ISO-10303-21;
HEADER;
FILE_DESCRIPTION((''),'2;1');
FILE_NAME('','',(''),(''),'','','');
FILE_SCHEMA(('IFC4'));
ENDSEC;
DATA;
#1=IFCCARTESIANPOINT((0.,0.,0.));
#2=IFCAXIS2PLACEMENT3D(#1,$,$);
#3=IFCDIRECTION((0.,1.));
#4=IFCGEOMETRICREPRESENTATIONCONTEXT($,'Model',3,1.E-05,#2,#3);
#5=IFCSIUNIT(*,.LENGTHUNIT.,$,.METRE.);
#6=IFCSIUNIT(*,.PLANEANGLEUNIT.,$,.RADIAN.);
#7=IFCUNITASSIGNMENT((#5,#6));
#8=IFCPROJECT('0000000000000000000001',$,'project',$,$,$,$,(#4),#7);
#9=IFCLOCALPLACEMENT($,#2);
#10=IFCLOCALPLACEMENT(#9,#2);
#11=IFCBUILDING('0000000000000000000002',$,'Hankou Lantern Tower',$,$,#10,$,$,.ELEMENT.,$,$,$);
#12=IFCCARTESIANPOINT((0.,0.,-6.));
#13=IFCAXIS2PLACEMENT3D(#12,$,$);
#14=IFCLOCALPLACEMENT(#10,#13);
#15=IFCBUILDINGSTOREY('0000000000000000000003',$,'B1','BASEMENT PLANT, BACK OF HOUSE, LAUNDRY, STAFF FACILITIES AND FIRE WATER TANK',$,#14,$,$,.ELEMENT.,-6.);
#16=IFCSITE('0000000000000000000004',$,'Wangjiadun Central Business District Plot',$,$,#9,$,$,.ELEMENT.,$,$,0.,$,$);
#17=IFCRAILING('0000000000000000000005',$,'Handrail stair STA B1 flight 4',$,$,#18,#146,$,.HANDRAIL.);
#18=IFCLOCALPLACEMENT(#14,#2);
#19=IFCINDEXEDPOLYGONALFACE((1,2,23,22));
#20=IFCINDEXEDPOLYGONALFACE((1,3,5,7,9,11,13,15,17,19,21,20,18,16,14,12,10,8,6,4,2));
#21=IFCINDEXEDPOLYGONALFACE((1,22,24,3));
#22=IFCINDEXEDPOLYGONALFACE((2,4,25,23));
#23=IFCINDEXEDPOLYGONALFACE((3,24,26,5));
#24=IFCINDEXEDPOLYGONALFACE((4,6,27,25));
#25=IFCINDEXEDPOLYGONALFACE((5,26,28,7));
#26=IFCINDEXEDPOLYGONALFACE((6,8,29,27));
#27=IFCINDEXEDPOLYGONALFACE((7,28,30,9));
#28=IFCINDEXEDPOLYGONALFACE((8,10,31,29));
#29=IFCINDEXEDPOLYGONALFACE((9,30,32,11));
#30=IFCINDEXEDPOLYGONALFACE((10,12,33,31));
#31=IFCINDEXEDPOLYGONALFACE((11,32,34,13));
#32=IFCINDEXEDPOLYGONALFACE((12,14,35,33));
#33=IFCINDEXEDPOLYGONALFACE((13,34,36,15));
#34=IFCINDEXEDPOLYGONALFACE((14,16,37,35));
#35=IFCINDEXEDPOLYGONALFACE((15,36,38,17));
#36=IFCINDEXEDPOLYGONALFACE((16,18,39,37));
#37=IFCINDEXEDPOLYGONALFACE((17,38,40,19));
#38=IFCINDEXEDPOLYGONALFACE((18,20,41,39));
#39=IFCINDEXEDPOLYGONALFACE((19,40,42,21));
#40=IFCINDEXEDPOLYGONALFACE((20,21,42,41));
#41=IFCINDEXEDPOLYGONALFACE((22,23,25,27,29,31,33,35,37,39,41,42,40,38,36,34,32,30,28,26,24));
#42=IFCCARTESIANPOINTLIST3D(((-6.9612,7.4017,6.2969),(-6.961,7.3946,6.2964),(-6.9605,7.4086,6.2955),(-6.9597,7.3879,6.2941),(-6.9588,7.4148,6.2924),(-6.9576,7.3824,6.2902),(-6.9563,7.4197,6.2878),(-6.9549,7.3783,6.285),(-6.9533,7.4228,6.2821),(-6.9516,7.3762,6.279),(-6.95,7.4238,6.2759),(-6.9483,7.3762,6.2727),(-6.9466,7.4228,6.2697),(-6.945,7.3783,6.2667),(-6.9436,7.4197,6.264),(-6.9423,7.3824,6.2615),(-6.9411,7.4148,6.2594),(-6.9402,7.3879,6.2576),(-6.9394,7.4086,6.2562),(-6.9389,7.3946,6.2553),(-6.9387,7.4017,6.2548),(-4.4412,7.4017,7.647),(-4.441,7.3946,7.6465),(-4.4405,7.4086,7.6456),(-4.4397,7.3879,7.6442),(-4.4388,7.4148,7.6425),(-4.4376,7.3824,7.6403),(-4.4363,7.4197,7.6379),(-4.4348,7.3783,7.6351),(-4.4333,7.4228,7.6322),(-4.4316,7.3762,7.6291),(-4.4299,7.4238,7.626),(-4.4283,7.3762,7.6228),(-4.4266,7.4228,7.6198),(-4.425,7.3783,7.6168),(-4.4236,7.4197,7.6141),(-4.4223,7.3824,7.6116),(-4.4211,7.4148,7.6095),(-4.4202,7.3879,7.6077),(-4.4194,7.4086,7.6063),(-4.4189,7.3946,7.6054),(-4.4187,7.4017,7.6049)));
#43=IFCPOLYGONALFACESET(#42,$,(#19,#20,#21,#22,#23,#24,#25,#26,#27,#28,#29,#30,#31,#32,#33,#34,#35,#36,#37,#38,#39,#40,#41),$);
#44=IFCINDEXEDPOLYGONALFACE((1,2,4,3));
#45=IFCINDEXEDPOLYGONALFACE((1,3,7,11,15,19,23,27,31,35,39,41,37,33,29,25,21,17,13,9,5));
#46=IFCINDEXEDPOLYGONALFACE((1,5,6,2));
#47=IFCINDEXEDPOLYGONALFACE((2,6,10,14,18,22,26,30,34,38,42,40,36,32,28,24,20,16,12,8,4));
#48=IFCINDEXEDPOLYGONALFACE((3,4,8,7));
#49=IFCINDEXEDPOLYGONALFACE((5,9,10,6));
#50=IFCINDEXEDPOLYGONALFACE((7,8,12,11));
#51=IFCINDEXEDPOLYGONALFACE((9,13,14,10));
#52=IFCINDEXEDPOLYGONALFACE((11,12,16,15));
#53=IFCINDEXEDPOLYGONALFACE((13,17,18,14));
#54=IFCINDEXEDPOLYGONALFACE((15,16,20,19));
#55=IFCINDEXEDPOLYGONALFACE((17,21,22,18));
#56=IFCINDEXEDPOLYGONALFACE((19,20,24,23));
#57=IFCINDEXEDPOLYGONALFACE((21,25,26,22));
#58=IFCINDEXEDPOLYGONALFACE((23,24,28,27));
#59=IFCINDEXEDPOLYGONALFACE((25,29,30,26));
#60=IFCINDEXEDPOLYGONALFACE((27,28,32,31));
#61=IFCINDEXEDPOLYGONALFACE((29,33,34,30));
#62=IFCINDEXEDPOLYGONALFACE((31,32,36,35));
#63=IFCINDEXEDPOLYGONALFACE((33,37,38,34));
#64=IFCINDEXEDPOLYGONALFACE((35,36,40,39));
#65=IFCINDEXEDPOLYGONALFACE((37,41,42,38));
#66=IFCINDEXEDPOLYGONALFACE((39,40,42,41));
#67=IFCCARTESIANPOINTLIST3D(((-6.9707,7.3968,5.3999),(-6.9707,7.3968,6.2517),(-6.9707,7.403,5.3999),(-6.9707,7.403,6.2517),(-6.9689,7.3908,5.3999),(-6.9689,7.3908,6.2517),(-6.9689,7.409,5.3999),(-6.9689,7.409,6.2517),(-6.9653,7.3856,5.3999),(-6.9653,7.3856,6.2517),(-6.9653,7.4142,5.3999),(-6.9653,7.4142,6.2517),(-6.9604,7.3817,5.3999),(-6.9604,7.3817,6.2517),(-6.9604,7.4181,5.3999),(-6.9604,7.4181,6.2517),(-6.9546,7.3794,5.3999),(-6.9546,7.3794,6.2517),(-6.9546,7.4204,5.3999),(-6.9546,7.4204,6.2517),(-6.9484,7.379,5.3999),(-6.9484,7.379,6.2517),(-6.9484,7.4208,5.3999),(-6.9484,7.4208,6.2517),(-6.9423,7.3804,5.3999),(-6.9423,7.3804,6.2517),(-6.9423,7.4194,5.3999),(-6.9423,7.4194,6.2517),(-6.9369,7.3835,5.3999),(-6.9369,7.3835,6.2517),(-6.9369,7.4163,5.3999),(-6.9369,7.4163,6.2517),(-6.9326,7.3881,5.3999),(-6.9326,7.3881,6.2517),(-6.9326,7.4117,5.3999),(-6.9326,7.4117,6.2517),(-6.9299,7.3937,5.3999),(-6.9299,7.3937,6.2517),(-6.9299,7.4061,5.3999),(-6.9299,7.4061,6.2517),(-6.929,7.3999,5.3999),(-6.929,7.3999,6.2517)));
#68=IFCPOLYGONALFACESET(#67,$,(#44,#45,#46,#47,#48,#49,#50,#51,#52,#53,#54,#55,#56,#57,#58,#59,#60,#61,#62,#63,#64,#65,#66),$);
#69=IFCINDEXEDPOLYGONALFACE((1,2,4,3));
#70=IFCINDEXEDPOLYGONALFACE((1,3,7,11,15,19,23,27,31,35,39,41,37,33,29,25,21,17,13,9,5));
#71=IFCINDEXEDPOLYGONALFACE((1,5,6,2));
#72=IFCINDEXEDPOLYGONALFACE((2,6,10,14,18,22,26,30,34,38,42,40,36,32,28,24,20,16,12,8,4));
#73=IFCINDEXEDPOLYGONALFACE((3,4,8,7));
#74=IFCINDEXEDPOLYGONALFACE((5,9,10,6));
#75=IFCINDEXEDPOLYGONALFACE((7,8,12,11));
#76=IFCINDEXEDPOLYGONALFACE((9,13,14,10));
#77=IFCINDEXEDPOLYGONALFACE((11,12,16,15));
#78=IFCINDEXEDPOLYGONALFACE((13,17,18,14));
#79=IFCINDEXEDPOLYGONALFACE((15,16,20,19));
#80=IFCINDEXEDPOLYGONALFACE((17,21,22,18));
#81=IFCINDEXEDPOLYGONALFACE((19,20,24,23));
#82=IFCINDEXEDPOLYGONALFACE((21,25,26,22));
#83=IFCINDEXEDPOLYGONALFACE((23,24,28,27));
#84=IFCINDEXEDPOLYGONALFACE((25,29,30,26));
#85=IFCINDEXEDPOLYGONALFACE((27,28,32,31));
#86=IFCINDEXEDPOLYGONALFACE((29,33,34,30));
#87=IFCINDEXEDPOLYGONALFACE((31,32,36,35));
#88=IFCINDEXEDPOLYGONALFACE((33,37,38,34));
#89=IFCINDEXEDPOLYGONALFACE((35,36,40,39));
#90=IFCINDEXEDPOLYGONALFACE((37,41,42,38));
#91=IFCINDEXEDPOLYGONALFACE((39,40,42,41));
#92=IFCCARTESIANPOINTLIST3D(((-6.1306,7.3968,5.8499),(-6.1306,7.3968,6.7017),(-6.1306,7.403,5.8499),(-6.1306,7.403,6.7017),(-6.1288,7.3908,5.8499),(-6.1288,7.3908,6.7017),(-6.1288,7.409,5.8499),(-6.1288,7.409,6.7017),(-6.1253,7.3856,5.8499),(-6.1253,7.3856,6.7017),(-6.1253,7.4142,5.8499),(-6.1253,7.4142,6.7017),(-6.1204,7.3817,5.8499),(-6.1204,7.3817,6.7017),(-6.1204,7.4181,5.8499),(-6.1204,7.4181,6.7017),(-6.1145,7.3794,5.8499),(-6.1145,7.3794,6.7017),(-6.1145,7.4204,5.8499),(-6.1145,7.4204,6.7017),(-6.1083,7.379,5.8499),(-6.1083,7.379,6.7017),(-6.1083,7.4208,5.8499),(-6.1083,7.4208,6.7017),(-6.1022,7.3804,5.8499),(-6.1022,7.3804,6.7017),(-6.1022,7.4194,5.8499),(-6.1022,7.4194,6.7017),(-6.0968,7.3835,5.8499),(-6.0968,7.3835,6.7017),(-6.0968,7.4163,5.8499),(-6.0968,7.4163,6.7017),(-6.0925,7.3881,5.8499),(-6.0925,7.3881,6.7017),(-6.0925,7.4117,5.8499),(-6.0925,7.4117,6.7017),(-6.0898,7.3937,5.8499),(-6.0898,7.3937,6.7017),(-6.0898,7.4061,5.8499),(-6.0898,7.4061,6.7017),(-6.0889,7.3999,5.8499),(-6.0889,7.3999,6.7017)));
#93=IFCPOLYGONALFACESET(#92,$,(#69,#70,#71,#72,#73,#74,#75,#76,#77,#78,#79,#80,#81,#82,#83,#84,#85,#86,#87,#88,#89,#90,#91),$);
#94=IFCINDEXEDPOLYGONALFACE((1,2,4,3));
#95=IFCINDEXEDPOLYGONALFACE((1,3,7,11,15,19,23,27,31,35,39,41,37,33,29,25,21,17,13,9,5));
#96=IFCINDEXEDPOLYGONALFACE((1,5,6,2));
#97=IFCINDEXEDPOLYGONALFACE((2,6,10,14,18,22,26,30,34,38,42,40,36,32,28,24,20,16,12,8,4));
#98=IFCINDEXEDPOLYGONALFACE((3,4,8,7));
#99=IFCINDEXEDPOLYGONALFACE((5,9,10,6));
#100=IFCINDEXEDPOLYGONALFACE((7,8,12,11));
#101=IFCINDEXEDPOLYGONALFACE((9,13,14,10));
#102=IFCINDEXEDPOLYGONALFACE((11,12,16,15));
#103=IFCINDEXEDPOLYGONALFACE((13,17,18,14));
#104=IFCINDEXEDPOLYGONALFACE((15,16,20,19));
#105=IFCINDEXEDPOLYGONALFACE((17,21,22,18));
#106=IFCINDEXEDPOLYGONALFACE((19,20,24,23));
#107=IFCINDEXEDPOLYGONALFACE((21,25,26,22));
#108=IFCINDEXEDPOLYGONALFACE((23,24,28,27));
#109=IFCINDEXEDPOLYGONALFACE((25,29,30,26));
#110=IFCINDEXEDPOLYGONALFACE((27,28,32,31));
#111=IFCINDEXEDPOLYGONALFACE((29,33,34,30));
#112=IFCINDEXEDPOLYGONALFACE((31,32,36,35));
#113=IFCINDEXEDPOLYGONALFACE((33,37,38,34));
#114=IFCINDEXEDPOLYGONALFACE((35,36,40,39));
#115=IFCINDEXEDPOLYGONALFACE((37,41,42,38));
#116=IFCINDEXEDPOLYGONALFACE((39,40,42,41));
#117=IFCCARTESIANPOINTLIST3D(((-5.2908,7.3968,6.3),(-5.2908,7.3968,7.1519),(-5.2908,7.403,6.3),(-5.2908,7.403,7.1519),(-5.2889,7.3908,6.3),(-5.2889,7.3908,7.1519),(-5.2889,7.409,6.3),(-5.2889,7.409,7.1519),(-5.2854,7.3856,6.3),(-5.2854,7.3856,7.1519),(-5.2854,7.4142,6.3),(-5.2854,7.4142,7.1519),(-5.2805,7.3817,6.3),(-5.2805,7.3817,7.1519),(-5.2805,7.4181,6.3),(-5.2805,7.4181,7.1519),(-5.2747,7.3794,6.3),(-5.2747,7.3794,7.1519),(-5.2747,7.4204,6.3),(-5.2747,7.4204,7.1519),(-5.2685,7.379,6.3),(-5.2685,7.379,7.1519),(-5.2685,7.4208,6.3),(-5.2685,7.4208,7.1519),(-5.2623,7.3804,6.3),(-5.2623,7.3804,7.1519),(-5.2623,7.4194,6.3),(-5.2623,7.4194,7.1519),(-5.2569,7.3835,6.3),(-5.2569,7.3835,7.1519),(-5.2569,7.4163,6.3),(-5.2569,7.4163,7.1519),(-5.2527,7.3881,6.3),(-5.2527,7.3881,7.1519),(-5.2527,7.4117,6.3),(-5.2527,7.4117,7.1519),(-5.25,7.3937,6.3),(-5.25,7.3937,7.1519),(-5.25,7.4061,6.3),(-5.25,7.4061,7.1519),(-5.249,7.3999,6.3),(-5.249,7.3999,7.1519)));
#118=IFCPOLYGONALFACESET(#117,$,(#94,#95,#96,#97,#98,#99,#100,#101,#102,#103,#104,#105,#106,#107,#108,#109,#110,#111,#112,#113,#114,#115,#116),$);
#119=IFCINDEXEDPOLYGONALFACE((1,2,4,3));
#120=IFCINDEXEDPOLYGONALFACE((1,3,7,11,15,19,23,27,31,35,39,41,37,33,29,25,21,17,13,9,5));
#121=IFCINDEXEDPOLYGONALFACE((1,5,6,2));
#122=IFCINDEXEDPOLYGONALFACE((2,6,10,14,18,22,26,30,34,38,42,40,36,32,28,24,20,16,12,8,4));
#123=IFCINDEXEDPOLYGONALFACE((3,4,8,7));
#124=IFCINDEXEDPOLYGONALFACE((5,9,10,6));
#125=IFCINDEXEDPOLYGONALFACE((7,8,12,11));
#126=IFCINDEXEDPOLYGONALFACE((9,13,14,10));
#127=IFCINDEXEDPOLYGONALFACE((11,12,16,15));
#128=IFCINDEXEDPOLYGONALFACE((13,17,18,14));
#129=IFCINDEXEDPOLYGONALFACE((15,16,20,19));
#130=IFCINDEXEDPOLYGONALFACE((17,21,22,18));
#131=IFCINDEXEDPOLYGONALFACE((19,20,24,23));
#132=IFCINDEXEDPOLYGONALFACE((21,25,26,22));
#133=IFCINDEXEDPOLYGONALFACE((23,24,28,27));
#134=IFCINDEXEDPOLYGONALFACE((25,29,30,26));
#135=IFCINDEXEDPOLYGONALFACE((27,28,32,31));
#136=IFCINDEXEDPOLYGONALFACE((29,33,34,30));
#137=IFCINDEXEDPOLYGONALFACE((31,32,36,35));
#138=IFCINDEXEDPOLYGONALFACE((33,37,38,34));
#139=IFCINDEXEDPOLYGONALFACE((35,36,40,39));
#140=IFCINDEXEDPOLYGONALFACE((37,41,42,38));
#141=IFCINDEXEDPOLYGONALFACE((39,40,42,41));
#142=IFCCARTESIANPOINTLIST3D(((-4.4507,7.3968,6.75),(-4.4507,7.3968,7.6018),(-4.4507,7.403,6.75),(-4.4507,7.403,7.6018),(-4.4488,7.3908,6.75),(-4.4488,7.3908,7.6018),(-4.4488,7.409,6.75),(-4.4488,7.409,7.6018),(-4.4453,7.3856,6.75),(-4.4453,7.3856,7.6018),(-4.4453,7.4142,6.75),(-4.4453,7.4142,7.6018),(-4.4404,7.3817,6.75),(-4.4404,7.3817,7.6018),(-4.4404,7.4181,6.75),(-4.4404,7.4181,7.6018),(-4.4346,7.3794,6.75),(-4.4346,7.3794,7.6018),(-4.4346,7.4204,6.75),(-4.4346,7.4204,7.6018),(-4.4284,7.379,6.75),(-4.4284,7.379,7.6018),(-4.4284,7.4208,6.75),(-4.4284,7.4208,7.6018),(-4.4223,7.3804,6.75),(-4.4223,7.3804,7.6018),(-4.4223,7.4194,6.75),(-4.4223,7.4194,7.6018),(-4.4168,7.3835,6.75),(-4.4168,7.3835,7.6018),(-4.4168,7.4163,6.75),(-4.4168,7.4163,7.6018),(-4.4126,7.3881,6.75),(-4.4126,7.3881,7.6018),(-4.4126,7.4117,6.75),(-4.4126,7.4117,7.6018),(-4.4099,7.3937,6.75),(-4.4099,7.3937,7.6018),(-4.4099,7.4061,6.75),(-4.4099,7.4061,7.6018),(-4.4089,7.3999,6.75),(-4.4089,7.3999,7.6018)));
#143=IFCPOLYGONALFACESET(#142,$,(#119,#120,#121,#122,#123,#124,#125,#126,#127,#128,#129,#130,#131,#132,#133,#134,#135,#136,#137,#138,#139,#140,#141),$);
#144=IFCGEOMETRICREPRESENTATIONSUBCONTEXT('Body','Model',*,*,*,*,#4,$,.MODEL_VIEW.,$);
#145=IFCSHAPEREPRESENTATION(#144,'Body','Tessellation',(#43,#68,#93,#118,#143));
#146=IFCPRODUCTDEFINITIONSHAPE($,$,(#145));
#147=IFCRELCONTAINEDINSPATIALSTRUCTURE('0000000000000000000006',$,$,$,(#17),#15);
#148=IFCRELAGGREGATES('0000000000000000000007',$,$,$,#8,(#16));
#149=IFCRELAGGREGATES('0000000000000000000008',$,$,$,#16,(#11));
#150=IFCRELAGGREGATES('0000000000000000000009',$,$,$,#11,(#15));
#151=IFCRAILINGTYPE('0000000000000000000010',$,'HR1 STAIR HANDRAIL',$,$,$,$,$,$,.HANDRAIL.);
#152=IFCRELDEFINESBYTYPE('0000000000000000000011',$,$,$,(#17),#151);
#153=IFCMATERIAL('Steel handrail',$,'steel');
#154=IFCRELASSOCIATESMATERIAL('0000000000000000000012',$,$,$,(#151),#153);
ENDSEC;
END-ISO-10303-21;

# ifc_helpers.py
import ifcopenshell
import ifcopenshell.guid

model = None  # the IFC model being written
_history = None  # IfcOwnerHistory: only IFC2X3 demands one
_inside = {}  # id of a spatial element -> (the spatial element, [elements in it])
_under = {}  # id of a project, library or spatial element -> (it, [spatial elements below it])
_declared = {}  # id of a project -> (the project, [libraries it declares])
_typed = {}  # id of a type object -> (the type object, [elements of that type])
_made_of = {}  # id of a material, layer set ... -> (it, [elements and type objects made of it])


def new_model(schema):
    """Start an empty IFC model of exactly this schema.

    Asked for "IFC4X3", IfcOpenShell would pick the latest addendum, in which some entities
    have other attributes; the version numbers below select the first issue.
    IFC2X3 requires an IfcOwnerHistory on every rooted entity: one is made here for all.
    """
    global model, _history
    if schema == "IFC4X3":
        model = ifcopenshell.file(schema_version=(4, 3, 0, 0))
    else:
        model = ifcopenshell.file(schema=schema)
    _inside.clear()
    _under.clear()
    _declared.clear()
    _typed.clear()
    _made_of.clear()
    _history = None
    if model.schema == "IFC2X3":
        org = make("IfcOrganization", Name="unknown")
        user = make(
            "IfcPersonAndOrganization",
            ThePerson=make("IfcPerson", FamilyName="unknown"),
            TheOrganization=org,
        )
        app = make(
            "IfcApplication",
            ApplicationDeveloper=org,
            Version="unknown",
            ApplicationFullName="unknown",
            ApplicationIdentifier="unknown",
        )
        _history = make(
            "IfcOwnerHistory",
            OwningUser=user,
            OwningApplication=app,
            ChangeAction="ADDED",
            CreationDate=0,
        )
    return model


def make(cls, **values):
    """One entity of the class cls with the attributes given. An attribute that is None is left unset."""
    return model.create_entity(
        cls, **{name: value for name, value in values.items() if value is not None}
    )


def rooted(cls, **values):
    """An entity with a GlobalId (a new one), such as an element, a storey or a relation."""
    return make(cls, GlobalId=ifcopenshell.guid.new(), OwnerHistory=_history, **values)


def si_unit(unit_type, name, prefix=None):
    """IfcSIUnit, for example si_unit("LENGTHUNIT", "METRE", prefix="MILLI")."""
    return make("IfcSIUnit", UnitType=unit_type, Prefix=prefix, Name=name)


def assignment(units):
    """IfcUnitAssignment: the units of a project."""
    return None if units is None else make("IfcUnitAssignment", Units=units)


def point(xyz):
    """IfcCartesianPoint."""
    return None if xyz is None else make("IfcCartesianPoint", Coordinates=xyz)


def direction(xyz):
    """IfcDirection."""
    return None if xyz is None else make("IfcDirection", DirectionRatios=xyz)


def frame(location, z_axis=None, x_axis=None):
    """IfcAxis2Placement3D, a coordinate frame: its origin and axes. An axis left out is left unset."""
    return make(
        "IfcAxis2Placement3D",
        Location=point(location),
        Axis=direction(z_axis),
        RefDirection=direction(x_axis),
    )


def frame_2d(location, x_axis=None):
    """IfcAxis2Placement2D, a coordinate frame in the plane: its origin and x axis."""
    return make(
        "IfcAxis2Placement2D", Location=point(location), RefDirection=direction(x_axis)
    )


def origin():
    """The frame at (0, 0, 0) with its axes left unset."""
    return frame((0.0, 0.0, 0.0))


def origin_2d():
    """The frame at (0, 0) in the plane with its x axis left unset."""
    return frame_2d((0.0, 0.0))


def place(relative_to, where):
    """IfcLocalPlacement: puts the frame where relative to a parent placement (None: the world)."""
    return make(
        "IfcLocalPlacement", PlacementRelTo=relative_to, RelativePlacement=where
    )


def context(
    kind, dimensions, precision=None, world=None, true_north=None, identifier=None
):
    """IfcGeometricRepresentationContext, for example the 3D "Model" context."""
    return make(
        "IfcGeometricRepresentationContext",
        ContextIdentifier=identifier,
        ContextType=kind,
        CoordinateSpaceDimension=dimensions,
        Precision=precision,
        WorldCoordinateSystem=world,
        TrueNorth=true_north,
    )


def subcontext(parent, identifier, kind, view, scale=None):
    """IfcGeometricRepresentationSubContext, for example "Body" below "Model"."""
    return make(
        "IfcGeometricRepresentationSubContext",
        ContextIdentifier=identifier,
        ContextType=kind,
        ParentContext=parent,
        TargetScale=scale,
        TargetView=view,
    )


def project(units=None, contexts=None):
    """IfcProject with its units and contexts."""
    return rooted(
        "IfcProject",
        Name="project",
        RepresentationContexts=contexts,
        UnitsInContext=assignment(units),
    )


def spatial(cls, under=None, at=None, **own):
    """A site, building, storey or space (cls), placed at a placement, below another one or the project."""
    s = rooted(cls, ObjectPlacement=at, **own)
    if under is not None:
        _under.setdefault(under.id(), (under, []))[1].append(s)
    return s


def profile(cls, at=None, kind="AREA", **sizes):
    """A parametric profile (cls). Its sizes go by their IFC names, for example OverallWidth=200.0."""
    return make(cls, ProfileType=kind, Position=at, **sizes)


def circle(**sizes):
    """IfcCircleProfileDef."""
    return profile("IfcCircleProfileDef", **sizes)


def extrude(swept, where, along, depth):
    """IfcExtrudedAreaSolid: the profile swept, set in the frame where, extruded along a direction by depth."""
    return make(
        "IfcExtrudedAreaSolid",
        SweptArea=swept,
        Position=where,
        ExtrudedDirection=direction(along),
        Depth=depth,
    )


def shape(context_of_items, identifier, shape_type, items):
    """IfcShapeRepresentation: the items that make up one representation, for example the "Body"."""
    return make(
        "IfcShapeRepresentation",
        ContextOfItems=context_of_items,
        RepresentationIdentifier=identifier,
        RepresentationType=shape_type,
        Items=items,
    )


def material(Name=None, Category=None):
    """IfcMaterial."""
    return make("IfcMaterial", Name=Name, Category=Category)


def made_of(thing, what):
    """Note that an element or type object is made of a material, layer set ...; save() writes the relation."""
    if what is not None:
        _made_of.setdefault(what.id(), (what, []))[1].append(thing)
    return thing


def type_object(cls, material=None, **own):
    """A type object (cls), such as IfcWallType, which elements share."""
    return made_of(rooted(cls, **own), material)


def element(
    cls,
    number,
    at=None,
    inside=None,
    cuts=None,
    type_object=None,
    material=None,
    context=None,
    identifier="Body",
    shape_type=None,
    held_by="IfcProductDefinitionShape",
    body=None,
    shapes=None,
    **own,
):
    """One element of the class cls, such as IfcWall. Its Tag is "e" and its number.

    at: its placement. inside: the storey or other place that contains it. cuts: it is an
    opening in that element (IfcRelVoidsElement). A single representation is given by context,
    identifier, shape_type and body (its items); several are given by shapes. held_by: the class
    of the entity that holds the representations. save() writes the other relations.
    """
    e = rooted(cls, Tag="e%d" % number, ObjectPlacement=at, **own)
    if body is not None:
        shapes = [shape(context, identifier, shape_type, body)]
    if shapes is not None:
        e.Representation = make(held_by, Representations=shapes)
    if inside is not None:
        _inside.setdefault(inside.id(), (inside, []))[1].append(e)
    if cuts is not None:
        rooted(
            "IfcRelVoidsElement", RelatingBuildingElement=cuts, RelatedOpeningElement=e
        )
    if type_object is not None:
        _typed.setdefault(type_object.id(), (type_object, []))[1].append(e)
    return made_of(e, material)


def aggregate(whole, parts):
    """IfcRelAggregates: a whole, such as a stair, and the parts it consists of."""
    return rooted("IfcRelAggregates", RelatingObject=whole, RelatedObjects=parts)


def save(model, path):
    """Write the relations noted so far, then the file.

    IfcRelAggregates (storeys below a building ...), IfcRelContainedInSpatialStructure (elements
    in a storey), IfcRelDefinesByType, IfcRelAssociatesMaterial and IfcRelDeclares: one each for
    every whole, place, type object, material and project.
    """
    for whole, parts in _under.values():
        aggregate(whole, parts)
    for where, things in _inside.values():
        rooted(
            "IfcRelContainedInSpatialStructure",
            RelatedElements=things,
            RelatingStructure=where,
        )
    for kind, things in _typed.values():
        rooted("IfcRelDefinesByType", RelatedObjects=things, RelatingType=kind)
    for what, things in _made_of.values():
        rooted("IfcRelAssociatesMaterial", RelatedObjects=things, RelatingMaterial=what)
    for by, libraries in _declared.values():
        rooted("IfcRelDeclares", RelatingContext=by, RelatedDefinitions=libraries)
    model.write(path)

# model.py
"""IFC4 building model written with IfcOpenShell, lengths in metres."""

from ifc_helpers import new_model, si_unit, direction, frame, origin, origin_2d, place, context, subcontext, project, spatial, circle, extrude, material, type_object, element, save


model = new_model("IFC4")

# Units and contexts
model_context = context("Model", 3, precision=1e-05, world=origin(), true_north=direction((0.0, 1.0)))
body_context = subcontext(model_context, "Body", "Model", "MODEL_VIEW")
ifc_project = project(units=[si_unit("LENGTHUNIT", "METRE"), si_unit("PLANEANGLEUNIT", "RADIAN")], contexts=[model_context])

# Site, building, storey
site_placement = place(None, origin())
site = spatial("IfcSite", under=ifc_project, at=site_placement, Name="Wangjiadun Central Business District Plot", CompositionType="ELEMENT", RefElevation=0.0)
building_placement = place(site_placement, origin())
building = spatial("IfcBuilding", under=site, at=building_placement, Name="Hankou Lantern Tower", CompositionType="ELEMENT")
storey_placement = place(building_placement, frame((0.0, 0.0, -6.0)))
storey = spatial("IfcBuildingStorey", under=building, at=storey_placement, Name="B1", Description="BASEMENT PLANT, BACK OF HOUSE, LAUNDRY, STAFF FACILITIES AND FIRE WATER TANK", CompositionType="ELEMENT", Elevation=-6.0)

# Railing
ifc_material_1 = material(Name="Steel handrail", Category="steel")
railing_type = type_object("IfcRailingType", Name="HR1 STAIR HANDRAIL", PredefinedType="HANDRAIL", material=ifc_material_1)
railing_1_placement = place(storey_placement, frame((-6.95, 7.3999, 5.3999)))
element("IfcRailing", 1, at=railing_1_placement, inside=storey, type_object=railing_type, Name="Handrail stair STA B1 flight 4", PredefinedType="HANDRAIL", context=body_context, shape_type="SweptSolid", body=[
    extrude(circle(Radius=0.0239, at=origin_2d()), frame((0.0, 0.0, 0.876), z_axis=(0.881467, 0.0, 0.472245), x_axis=(0.0, 1.0, 0.0)), (0.0, 0.0, 1.0), 2.8589),
    extrude(circle(Radius=0.021, at=origin_2d()), origin(), (0.0, 0.0, 1.0), 0.8518),
    extrude(circle(Radius=0.021, at=origin_2d()), frame((0.8401, 0.0, 0.45)), (0.0, 0.0, 1.0), 0.8518),
    extrude(circle(Radius=0.021, at=origin_2d()), frame((1.6799, 0.0, 0.9001)), (0.0, 0.0, 1.0), 0.8518),
    extrude(circle(Radius=0.021, at=origin_2d()), frame((2.52, 0.0, 1.3501)), (0.0, 0.0, 1.0), 0.8518),
])

save(model, "model.ifc")
